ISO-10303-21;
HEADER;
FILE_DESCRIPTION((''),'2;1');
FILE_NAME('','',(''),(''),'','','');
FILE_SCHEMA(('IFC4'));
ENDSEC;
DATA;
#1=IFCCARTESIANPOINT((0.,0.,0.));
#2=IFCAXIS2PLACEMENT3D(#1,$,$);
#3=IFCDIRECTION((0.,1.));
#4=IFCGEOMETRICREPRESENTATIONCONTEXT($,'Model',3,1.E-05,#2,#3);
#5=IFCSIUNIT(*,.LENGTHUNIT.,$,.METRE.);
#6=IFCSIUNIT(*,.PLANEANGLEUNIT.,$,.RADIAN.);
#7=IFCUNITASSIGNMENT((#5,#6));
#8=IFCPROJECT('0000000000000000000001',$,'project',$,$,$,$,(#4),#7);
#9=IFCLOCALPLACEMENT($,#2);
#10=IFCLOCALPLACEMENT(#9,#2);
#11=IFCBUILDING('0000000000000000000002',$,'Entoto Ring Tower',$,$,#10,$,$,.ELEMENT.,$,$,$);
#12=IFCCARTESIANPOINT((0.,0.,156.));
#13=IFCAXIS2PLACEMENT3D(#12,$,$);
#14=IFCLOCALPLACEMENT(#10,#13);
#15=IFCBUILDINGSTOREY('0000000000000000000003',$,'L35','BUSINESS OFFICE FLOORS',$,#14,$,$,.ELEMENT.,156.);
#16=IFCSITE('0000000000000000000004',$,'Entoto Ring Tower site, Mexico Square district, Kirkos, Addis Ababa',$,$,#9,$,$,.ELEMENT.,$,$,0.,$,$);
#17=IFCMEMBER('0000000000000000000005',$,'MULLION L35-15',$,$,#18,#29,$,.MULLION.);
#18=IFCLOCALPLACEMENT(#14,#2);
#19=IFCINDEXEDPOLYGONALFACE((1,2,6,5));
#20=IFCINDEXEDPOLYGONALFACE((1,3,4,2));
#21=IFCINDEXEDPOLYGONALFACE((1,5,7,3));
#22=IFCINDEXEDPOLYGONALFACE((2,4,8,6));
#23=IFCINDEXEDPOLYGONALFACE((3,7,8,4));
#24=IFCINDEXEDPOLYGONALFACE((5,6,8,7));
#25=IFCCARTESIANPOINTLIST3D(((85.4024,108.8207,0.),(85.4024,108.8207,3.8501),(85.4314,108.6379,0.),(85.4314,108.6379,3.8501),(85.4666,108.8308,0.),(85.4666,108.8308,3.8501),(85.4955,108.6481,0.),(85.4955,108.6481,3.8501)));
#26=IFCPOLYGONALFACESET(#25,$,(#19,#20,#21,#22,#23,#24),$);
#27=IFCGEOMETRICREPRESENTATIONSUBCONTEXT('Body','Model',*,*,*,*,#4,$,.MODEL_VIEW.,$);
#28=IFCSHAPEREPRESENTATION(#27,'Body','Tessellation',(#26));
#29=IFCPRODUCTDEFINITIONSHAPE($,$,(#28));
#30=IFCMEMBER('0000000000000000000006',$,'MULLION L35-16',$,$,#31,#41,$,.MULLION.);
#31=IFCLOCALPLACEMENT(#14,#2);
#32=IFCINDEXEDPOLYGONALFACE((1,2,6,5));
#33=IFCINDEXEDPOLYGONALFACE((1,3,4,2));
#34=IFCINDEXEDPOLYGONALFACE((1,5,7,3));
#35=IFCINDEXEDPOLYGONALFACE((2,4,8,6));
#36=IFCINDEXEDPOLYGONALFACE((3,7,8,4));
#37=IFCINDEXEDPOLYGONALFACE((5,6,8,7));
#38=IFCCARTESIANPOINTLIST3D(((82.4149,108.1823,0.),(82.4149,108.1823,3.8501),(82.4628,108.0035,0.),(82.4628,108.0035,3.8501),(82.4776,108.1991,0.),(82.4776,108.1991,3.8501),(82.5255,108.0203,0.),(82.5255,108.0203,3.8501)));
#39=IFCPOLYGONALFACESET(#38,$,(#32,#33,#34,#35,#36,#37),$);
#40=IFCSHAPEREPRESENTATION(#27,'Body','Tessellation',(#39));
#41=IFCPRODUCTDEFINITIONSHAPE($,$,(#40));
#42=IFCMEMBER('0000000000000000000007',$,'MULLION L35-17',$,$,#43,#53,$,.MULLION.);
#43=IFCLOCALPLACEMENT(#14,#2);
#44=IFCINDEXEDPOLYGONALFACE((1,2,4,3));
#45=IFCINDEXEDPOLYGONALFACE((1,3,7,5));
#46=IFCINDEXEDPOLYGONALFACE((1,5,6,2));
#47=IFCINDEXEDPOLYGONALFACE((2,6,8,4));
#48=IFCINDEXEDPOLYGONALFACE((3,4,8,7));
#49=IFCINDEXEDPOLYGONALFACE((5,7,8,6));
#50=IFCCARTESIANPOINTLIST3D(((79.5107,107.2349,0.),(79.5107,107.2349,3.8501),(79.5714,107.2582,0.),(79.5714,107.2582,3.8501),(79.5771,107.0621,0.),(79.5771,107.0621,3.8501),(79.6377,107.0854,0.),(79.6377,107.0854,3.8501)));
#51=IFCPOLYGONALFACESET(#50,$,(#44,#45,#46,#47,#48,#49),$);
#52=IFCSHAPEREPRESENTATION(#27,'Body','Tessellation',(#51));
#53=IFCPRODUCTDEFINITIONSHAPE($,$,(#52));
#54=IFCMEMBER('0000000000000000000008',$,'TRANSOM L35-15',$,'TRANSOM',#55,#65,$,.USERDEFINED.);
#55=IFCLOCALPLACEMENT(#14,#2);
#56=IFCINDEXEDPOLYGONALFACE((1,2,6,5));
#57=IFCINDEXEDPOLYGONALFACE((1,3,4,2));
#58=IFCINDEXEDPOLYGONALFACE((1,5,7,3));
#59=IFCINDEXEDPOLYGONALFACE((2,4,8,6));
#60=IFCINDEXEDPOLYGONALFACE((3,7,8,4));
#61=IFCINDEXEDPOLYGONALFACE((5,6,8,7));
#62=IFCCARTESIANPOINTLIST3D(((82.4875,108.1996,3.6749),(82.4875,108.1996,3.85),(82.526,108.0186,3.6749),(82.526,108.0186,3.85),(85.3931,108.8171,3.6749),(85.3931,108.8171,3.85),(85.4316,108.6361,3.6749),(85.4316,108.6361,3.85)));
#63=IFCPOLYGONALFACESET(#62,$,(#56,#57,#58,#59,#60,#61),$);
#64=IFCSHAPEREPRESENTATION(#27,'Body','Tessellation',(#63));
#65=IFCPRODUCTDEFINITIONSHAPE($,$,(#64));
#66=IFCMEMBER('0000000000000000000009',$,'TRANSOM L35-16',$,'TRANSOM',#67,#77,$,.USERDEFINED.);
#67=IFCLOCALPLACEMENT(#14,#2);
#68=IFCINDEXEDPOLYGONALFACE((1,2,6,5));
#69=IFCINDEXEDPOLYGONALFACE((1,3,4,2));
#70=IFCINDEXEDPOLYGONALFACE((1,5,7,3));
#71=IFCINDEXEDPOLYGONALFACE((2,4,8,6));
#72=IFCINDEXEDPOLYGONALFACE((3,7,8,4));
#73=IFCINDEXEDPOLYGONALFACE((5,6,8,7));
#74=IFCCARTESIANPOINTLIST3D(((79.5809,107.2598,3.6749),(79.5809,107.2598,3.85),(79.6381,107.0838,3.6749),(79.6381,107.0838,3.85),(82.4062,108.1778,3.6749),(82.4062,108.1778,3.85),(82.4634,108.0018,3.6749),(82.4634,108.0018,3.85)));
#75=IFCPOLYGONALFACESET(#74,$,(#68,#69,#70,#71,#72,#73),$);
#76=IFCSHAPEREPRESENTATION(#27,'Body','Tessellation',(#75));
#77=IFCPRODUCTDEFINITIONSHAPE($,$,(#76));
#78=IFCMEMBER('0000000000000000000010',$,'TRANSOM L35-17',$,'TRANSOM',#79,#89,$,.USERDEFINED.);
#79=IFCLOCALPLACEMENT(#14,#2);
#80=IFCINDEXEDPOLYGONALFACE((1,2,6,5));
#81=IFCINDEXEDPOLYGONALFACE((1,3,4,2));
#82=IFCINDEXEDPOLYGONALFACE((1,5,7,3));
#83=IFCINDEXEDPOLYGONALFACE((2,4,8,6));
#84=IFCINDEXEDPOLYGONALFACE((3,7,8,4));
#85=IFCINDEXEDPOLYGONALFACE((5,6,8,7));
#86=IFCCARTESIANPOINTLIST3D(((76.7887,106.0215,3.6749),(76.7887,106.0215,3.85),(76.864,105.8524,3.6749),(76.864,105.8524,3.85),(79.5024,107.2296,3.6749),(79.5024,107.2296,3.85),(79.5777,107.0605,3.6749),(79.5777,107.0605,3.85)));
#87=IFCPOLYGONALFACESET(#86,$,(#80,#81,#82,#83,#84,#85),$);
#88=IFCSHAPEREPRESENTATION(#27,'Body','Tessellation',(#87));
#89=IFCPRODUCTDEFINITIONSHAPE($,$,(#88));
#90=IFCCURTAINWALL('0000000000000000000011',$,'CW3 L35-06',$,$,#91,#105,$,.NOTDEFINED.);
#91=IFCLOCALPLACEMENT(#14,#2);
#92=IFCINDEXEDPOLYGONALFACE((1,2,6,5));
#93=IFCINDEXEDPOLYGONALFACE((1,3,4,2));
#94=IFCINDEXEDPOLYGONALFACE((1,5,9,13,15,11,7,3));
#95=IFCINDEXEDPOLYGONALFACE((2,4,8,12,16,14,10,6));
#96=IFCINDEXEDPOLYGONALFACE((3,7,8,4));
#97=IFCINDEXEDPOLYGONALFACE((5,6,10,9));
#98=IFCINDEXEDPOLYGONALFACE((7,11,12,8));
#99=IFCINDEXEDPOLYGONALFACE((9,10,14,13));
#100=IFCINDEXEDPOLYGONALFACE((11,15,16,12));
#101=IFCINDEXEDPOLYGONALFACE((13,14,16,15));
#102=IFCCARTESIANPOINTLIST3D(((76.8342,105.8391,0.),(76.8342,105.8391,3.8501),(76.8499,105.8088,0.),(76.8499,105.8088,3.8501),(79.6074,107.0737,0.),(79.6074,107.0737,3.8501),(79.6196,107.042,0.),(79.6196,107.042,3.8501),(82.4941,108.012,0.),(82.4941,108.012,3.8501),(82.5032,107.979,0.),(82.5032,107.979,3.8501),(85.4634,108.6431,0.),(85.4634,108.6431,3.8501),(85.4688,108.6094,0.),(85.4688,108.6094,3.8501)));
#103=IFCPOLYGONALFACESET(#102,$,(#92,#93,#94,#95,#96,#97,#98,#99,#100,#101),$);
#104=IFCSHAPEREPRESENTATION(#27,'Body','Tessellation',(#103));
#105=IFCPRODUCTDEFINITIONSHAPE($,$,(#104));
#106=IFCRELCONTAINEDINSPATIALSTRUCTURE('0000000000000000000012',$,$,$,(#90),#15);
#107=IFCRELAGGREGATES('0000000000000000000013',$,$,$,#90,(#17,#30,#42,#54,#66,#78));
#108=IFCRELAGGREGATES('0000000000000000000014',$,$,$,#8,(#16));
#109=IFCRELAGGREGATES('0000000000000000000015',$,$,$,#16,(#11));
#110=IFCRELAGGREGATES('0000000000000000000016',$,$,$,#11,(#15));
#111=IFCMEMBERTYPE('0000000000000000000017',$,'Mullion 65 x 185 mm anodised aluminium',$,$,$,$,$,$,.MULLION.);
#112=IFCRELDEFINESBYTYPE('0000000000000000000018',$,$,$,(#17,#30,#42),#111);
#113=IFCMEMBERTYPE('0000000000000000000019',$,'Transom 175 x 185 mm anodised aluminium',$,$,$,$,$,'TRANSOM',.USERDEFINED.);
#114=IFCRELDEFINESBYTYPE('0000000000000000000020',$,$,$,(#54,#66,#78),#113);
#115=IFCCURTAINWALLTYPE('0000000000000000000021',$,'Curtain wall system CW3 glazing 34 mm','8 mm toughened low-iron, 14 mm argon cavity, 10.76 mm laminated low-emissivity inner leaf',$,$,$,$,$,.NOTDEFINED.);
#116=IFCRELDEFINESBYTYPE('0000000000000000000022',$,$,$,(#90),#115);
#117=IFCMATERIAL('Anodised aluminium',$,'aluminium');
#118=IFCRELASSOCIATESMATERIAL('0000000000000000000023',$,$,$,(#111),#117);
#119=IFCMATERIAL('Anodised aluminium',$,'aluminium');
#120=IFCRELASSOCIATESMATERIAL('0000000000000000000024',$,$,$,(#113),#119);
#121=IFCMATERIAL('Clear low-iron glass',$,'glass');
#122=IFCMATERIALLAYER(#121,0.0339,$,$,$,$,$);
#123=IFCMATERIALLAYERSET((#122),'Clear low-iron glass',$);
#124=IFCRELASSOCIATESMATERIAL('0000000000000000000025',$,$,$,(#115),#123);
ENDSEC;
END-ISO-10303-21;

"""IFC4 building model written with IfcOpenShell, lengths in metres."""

from ifc_helpers import new_model, si_unit, direction, frame, origin, origin_2d, place, context, subcontext, project, spatial, polyline, rectangle, outline, extrude, material, layer, layer_set, material_profile, profile_set, type_object, element, aggregate, save


model = new_model("IFC4")

# Units and contexts
model_context = context("Model", 3, precision=1e-05, world=origin(), true_north=direction((0.0, 1.0)))
body_context = subcontext(model_context, "Body", "Model", "MODEL_VIEW")
ifc_project = project(units=[si_unit("LENGTHUNIT", "METRE"), si_unit("PLANEANGLEUNIT", "RADIAN")], contexts=[model_context])

# Members
ifc_material_1 = material(Name="Anodised aluminium", Category="aluminium")
ifc_material_profile_1 = material_profile(ifc_material_1, rectangle(XDim=0.0649, YDim=0.1851, at=origin_2d()), Name="Mullion 65 x 185 mm anodised aluminium")
ifc_profile_set_1 = profile_set([ifc_material_profile_1], Name="Anodised aluminium")
member_type_1 = type_object("IfcMemberType", Name="Mullion 65 x 185 mm anodised aluminium", PredefinedType="MULLION", material=ifc_profile_set_1)
site_placement = place(None, origin())
building_placement = place(site_placement, origin())
storey_placement = place(building_placement, frame((0.0, 0.0, 156.0)))
member_1_placement = place(storey_placement, frame((85.449, 108.7344, 0.0), z_axis=(0.0, 0.0, 1.0), x_axis=(-0.987688, -0.156434, 0.0)))
member_1 = element("IfcMember", 1, at=member_1_placement, type_object=member_type_1, Name="MULLION L35-15", PredefinedType="MULLION", context=body_context, shape_type="SweptSolid", body=[
    extrude(rectangle(XDim=0.0649, YDim=0.1851, at=origin_2d()), origin(), (0.0, 0.0, 1.0), 3.8501),
])
member_2_placement = place(storey_placement, frame((82.4702, 108.1013, 0.0), z_axis=(0.0, 0.0, 1.0), x_axis=(-0.965926, -0.258819, 0.0)))
member_2 = element("IfcMember", 2, at=member_2_placement, type_object=member_type_1, Name="MULLION L35-16", PredefinedType="MULLION", context=body_context, shape_type="SweptSolid", body=[
    extrude(rectangle(XDim=0.0649, YDim=0.1851, at=origin_2d()), origin(), (0.0, 0.0, 1.0), 3.8501),
])
member_3_placement = place(storey_placement, frame((79.5742, 107.1602, 0.0), z_axis=(0.0, 0.0, 1.0), x_axis=(-0.93358, -0.358368, 0.0)))
member_3 = element("IfcMember", 3, at=member_3_placement, type_object=member_type_1, Name="MULLION L35-17", PredefinedType="MULLION", context=body_context, shape_type="SweptSolid", body=[
    extrude(rectangle(XDim=0.0649, YDim=0.1851, at=origin_2d()), origin(), (0.0, 0.0, 1.0), 3.8501),
])
ifc_material_2 = material(Name="Anodised aluminium", Category="aluminium")
ifc_material_profile_2 = material_profile(ifc_material_2, rectangle(XDim=0.1851, YDim=0.175, at=origin_2d()), Name="Transom 175 x 185 mm anodised aluminium")
ifc_profile_set_2 = profile_set([ifc_material_profile_2], Name="Anodised aluminium")
member_type_2 = type_object("IfcMemberType", Name="Transom 175 x 185 mm anodised aluminium", ElementType="TRANSOM", PredefinedType="USERDEFINED", material=ifc_profile_set_2)
member_4_placement = place(storey_placement, frame((85.4124, 108.7266, 3.7625), z_axis=(-0.978158, -0.207862, 0.0), x_axis=(0.207862, -0.978158, 0.0)))
member_4 = element("IfcMember", 4, at=member_4_placement, type_object=member_type_2, Name="TRANSOM L35-15", ObjectType="TRANSOM", PredefinedType="USERDEFINED", context=body_context, shape_type="SweptSolid", body=[
    extrude(rectangle(XDim=0.1851, YDim=0.175, at=origin_2d()), origin(), (0.0, 0.0, 1.0), 2.9705),
])
member_5_placement = place(storey_placement, frame((82.4348, 108.0898, 3.7625), z_axis=(-0.951056, -0.309019, 0.0), x_axis=(0.309019, -0.951056, 0.0)))
member_5 = element("IfcMember", 5, at=member_5_placement, type_object=member_type_2, Name="TRANSOM L35-16", ObjectType="TRANSOM", PredefinedType="USERDEFINED", context=body_context, shape_type="SweptSolid", body=[
    extrude(rectangle(XDim=0.1851, YDim=0.175, at=origin_2d()), origin(), (0.0, 0.0, 1.0), 2.9707),
])
member_6_placement = place(storey_placement, frame((79.54, 107.145, 3.7625), z_axis=(-0.913567, -0.406687, 0.0), x_axis=(0.406687, -0.913567, 0.0)))
member_6 = element("IfcMember", 6, at=member_6_placement, type_object=member_type_2, Name="TRANSOM L35-17", ObjectType="TRANSOM", PredefinedType="USERDEFINED", context=body_context, shape_type="SweptSolid", body=[
    extrude(rectangle(XDim=0.1851, YDim=0.175, at=origin_2d()), origin(), (0.0, 0.0, 1.0), 2.9705),
])

# Site, building, storey
site = spatial("IfcSite", under=ifc_project, at=site_placement, Name="Entoto Ring Tower site, Mexico Square district, Kirkos, Addis Ababa", CompositionType="ELEMENT", RefElevation=0.0)
building = spatial("IfcBuilding", under=site, at=building_placement, Name="Entoto Ring Tower", CompositionType="ELEMENT")
storey = spatial("IfcBuildingStorey", under=building, at=storey_placement, Name="L35", Description="BUSINESS OFFICE FLOORS", CompositionType="ELEMENT", Elevation=156.0)

# Curtain wall
ifc_material_3 = material(Name="Clear low-iron glass", Category="glass")
ifc_layer = layer(ifc_material_3, 0.0339)
ifc_layer_set = layer_set([ifc_layer], Name="Clear low-iron glass")
curtain_wall_type = type_object("IfcCurtainWallType", Name="Curtain wall system CW3 glazing 34 mm", Description="8 mm toughened low-iron, 14 mm argon cavity, 10.76 mm laminated low-emissivity inner leaf", PredefinedType="NOTDEFINED", material=ifc_layer_set)
curtain_wall_1_placement = place(storey_placement, origin())
curtain_wall_1 = element("IfcCurtainWall", 7, at=curtain_wall_1_placement, inside=storey, type_object=curtain_wall_type, Name="CW3 L35-06", PredefinedType="NOTDEFINED", context=body_context, shape_type="SweptSolid", body=[
    extrude(outline(polyline([(85.4634, 108.6431), (82.4941, 108.012), (79.6074, 107.0737), (76.8342, 105.8391), (76.8499, 105.8088), (79.6196, 107.042), (82.5032, 107.979), (85.4688, 108.6094), (85.4634, 108.6431)])), origin(), (0.0, 0.0, 1.0), 3.8501),
])
aggregate(curtain_wall_1, [member_1, member_2, member_3, member_4, member_5, member_6])

save(model, "model.ifc")
